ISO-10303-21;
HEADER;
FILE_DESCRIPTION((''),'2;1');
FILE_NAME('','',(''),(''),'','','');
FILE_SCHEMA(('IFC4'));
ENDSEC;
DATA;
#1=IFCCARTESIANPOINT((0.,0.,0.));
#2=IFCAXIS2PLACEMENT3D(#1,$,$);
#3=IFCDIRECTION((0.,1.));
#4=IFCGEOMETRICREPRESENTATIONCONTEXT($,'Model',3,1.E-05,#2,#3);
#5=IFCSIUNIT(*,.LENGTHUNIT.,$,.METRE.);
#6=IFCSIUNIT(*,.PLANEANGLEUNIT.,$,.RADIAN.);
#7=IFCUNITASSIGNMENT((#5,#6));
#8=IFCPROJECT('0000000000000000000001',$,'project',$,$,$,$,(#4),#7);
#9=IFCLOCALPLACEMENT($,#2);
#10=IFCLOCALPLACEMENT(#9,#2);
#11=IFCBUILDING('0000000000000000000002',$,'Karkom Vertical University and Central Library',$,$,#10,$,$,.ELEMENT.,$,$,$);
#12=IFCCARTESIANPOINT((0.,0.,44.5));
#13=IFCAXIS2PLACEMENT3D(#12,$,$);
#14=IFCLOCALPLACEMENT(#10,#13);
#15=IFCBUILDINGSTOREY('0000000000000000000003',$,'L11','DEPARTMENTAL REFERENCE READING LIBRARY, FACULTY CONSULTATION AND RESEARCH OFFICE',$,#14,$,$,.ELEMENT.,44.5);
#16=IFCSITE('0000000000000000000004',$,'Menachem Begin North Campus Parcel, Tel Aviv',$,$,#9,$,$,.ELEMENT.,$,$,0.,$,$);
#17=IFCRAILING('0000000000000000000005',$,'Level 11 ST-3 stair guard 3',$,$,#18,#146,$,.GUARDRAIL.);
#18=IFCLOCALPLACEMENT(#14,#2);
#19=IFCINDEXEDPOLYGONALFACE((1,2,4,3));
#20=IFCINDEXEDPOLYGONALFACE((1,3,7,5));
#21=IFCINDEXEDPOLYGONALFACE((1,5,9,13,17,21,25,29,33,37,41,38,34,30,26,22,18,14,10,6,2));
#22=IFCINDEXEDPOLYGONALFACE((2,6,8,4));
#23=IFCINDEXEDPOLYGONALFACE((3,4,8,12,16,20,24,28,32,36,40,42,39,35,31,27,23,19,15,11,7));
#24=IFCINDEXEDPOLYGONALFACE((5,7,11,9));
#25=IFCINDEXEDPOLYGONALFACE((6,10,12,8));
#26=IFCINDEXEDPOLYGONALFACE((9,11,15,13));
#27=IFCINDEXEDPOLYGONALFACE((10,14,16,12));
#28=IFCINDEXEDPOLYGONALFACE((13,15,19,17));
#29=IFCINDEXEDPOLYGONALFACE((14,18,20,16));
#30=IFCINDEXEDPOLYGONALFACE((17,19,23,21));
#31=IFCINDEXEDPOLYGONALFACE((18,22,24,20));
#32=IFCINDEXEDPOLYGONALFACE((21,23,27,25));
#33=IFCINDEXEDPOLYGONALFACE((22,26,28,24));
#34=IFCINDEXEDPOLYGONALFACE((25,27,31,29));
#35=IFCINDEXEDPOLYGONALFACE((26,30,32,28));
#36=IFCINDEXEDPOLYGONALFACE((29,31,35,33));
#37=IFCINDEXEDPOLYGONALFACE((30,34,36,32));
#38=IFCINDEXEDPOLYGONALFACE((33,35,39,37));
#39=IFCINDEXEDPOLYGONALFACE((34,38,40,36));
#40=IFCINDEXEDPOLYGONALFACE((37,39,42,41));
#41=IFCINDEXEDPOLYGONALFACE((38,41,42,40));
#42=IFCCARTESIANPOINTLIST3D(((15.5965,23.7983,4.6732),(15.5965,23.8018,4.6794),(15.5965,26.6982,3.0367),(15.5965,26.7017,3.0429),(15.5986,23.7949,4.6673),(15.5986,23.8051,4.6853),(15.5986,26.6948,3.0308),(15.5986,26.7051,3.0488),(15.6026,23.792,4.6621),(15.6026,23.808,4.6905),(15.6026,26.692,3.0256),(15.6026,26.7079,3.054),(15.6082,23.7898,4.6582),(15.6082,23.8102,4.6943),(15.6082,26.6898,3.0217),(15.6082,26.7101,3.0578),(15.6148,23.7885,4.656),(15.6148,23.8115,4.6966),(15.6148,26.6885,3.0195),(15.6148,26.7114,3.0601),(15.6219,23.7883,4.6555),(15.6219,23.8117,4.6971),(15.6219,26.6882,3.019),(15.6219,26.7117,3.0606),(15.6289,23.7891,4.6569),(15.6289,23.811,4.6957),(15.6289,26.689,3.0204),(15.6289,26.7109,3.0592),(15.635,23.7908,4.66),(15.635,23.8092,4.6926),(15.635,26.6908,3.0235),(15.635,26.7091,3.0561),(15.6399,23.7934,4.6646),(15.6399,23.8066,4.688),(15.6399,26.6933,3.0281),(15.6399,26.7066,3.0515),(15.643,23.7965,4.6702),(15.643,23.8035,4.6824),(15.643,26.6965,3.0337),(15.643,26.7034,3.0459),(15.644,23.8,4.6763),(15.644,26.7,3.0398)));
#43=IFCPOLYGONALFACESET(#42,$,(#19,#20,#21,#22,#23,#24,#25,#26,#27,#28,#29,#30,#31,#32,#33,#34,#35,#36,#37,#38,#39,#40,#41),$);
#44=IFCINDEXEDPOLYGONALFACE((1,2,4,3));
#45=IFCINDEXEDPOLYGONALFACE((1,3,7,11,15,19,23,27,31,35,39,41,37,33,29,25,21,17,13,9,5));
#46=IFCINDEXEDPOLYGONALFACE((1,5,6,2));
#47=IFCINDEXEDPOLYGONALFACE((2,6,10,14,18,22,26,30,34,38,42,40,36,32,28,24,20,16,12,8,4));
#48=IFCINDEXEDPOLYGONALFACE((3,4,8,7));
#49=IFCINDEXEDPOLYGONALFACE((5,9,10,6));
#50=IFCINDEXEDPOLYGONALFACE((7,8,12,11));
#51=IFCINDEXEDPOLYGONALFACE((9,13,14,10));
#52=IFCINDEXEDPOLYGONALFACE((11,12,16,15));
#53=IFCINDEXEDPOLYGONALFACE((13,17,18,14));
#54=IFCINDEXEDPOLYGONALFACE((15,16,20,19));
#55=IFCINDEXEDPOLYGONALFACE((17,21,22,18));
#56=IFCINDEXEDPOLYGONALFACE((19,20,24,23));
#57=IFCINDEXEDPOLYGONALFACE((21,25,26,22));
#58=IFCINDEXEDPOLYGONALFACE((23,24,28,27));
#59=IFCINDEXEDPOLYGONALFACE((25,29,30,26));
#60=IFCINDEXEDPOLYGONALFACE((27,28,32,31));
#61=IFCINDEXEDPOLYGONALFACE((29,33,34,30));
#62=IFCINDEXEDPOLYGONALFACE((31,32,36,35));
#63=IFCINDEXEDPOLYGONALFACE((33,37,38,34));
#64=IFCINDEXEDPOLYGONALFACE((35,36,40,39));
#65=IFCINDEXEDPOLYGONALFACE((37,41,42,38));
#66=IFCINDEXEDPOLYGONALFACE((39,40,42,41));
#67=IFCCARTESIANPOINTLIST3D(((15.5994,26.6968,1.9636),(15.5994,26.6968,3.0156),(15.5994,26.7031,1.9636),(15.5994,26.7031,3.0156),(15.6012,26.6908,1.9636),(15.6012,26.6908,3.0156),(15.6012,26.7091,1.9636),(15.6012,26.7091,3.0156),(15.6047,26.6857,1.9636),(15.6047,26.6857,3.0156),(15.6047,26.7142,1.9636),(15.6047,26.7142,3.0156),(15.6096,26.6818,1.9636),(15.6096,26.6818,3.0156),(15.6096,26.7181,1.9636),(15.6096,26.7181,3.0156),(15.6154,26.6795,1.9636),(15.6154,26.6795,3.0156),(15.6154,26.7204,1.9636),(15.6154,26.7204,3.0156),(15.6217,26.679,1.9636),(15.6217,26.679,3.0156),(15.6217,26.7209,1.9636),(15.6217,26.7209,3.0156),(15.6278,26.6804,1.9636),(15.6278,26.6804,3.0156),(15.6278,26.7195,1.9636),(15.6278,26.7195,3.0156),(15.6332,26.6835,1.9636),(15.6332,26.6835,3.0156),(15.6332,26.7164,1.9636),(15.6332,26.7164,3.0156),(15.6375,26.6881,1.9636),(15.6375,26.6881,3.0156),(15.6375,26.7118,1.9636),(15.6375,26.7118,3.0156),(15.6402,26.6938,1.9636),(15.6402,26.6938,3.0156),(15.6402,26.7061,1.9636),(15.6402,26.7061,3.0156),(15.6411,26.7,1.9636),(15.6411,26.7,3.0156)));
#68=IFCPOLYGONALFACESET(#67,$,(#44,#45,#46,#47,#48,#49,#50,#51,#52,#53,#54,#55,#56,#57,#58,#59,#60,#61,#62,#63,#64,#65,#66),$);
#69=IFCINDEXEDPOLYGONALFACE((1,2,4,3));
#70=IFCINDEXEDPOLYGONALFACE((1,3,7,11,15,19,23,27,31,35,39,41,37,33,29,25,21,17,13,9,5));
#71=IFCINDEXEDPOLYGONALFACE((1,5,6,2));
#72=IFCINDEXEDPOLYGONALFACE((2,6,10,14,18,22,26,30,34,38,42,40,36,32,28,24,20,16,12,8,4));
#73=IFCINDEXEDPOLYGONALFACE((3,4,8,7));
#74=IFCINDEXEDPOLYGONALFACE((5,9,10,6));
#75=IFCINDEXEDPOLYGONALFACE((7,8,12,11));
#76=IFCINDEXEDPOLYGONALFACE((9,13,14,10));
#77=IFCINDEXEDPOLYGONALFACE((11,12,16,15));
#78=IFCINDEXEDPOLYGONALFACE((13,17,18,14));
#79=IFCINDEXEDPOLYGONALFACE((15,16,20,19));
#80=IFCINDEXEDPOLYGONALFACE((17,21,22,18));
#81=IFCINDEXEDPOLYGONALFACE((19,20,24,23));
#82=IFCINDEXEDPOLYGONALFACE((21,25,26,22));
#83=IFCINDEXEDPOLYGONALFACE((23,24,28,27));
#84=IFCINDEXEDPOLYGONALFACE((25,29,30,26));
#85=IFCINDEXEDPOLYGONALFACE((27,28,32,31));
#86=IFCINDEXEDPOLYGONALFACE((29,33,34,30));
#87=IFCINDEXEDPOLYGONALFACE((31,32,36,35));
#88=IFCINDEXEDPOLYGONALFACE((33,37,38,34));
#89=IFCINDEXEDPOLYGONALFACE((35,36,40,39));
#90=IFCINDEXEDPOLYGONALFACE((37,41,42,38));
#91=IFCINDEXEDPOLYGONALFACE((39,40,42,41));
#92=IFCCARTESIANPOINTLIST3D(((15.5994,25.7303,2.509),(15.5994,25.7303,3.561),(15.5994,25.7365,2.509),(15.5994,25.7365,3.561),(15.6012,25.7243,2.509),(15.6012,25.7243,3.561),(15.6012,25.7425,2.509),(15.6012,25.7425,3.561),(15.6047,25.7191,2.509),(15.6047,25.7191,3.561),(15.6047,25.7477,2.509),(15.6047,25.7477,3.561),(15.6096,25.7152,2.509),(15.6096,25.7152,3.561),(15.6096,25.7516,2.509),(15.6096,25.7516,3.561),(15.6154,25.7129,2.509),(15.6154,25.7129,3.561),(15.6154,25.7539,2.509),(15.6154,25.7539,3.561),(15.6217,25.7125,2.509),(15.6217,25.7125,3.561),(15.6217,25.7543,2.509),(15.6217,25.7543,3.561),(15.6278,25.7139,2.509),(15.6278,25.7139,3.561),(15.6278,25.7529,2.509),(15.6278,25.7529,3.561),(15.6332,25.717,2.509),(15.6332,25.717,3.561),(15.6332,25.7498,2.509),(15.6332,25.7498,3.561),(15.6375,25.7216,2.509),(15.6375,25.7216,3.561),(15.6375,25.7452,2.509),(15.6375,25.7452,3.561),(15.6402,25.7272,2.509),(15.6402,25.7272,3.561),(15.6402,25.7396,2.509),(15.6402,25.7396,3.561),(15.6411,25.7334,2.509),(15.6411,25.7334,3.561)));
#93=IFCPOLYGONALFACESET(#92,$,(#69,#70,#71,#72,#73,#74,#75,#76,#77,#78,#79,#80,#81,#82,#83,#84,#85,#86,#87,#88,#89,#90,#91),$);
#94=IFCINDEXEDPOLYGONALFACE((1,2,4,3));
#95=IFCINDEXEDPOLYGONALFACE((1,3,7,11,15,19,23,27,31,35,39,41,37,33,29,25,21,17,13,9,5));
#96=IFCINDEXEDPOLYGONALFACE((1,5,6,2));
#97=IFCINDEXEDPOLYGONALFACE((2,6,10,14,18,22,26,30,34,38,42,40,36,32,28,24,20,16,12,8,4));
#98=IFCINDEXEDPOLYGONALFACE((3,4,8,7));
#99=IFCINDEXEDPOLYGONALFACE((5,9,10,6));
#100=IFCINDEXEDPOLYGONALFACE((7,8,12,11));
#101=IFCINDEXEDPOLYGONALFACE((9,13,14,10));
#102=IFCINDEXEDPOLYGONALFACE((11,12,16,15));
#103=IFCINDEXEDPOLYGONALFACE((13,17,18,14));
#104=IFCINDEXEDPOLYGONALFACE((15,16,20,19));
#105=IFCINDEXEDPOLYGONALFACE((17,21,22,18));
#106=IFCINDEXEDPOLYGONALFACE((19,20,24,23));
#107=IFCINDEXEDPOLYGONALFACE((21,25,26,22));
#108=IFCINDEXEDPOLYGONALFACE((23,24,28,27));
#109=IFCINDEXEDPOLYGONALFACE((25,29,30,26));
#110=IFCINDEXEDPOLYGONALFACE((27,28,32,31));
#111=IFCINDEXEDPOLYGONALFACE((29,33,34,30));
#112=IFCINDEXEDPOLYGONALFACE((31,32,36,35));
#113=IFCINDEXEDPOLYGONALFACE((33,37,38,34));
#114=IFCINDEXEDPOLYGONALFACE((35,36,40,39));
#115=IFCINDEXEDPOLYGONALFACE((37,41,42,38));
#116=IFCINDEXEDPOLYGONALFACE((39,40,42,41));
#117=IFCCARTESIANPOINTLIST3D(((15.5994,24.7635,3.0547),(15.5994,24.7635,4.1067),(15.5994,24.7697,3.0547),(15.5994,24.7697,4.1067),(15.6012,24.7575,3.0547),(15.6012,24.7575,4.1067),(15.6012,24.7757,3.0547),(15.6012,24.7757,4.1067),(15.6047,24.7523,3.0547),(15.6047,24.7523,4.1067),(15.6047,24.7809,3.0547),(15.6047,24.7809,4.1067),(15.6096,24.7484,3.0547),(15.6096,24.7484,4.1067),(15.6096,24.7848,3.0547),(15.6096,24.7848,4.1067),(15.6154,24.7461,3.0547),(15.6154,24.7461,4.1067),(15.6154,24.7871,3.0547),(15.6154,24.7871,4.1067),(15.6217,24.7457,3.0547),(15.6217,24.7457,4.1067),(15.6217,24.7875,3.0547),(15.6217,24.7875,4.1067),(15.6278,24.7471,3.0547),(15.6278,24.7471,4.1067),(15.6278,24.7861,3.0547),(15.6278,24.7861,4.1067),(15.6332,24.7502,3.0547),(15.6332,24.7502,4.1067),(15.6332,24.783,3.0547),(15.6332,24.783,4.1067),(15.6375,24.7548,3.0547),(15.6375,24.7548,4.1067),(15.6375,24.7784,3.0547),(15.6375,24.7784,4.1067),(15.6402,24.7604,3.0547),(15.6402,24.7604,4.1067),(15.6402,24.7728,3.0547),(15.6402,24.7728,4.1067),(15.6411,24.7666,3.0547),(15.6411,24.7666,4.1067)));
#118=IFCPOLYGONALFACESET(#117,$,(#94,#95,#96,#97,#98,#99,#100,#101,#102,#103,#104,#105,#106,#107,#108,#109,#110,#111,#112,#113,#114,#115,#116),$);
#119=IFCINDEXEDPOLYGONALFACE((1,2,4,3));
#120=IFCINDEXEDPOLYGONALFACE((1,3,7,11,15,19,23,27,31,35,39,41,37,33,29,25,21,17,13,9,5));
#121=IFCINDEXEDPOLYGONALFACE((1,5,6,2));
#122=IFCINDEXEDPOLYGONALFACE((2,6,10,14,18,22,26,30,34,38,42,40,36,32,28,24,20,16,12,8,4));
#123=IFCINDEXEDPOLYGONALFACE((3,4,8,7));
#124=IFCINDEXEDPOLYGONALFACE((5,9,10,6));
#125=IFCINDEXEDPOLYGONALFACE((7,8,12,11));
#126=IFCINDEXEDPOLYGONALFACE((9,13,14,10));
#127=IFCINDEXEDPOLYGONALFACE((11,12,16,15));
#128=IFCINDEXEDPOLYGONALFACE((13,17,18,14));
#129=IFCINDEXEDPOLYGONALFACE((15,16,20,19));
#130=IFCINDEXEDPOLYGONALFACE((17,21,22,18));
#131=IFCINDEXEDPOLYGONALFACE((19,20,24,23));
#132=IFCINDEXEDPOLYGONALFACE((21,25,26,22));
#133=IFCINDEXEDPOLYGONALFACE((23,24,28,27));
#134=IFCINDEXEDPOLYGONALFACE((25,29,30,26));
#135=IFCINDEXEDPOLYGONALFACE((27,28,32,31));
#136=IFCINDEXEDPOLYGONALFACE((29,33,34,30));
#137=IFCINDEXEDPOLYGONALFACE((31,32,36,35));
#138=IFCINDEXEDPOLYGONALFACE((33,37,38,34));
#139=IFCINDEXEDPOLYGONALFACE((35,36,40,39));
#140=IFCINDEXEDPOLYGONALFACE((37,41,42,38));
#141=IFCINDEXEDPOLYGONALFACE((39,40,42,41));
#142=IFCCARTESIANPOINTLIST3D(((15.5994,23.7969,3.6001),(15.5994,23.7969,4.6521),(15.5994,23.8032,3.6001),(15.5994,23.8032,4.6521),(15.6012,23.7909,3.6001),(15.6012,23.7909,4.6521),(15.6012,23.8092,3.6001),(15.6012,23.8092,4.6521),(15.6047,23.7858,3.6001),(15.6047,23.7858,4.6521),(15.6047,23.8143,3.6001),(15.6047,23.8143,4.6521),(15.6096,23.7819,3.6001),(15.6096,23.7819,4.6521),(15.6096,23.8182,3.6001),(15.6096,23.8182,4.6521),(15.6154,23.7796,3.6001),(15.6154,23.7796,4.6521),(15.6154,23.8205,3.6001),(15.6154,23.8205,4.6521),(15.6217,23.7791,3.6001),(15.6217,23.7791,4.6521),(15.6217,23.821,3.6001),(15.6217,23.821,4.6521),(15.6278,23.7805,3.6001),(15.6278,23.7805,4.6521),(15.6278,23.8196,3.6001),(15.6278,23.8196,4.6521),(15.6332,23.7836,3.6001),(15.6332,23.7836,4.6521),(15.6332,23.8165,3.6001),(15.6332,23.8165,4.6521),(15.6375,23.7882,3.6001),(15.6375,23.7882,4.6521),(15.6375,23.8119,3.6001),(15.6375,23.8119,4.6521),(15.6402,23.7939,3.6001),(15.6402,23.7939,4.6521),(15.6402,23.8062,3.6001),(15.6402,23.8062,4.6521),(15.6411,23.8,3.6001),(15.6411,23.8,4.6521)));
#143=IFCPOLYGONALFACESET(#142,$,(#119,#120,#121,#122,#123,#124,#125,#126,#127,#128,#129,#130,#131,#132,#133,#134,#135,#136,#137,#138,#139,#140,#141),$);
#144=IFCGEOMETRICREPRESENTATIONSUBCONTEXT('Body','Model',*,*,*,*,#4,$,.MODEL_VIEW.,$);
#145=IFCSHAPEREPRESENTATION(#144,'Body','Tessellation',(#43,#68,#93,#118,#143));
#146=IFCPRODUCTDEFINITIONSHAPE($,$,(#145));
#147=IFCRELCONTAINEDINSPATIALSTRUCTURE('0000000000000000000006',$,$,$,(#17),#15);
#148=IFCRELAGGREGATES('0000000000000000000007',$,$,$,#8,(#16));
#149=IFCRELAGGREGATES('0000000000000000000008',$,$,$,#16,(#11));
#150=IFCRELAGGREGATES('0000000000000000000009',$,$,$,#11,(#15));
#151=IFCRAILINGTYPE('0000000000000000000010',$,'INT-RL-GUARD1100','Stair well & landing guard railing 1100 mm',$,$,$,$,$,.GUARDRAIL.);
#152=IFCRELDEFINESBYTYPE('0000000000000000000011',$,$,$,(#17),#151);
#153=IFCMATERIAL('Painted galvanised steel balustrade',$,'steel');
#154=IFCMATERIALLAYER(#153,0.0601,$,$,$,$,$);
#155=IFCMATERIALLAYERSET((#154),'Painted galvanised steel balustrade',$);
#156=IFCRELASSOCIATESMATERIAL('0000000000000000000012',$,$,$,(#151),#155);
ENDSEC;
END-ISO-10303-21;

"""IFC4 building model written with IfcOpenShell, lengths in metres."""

from ifc_helpers import new_model, si_unit, direction, frame, origin, origin_2d, place, context, subcontext, project, spatial, circle, extrude, material, layer, layer_set, type_object, element, save


model = new_model("IFC4")

# Units and contexts
model_context = context("Model", 3, precision=1e-05, world=origin(), true_north=direction((0.0, 1.0)))
body_context = subcontext(model_context, "Body", "Model", "MODEL_VIEW")
ifc_project = project(units=[si_unit("LENGTHUNIT", "METRE"), si_unit("PLANEANGLEUNIT", "RADIAN")], contexts=[model_context])

# Site, building, storey
site_placement = place(None, origin())
site = spatial("IfcSite", under=ifc_project, at=site_placement, Name="Menachem Begin North Campus Parcel, Tel Aviv", CompositionType="ELEMENT", RefElevation=0.0)
building_placement = place(site_placement, origin())
building = spatial("IfcBuilding", under=site, at=building_placement, Name="Karkom Vertical University and Central Library", CompositionType="ELEMENT")
storey_placement = place(building_placement, frame((0.0, 0.0, 44.5)))
storey = spatial("IfcBuildingStorey", under=building, at=storey_placement, Name="L11", Description="DEPARTMENTAL REFERENCE READING LIBRARY, FACULTY CONSULTATION AND RESEARCH OFFICE", CompositionType="ELEMENT", Elevation=44.5)

# Railing
ifc_material_1 = material(Name="Painted galvanised steel balustrade", Category="steel")
ifc_layer_1 = layer(ifc_material_1, 0.0601)
ifc_layer_set_1 = layer_set([ifc_layer_1], Name="Painted galvanised steel balustrade")
railing_type_1 = type_object("IfcRailingType", Name="INT-RL-GUARD1100", Description="Stair well & landing guard railing 1100 mm", PredefinedType="GUARDRAIL", material=ifc_layer_set_1)
railing_1_placement = place(storey_placement, frame((15.6201, 26.7, 1.9636)))
element("IfcRailing", 1, at=railing_1_placement, inside=storey, type_object=railing_type_1, Name="Level 11 ST-3 stair guard 3", PredefinedType="GUARDRAIL", context=body_context, shape_type="SweptSolid", body=[
    extrude(circle(Radius=0.0239, at=origin_2d()), frame((0.0, 0.0, 1.0762), z_axis=(0.0, -0.870897, 0.491465), x_axis=(1.0, 0.0, 0.0)), (0.0, 0.0, 1.0), 3.3298),
    extrude(circle(Radius=0.021, at=origin_2d()), origin(), (0.0, 0.0, 1.0), 1.052),
    extrude(circle(Radius=0.021, at=origin_2d()), frame((0.0, -0.9666, 0.5454)), (0.0, 0.0, 1.0), 1.052),
    extrude(circle(Radius=0.021, at=origin_2d()), frame((0.0, -1.9333, 1.0911)), (0.0, 0.0, 1.0), 1.052),
    extrude(circle(Radius=0.021, at=origin_2d()), frame((0.0, -2.8999, 1.6365)), (0.0, 0.0, 1.0), 1.052),
])

save(model, "model.ifc")
